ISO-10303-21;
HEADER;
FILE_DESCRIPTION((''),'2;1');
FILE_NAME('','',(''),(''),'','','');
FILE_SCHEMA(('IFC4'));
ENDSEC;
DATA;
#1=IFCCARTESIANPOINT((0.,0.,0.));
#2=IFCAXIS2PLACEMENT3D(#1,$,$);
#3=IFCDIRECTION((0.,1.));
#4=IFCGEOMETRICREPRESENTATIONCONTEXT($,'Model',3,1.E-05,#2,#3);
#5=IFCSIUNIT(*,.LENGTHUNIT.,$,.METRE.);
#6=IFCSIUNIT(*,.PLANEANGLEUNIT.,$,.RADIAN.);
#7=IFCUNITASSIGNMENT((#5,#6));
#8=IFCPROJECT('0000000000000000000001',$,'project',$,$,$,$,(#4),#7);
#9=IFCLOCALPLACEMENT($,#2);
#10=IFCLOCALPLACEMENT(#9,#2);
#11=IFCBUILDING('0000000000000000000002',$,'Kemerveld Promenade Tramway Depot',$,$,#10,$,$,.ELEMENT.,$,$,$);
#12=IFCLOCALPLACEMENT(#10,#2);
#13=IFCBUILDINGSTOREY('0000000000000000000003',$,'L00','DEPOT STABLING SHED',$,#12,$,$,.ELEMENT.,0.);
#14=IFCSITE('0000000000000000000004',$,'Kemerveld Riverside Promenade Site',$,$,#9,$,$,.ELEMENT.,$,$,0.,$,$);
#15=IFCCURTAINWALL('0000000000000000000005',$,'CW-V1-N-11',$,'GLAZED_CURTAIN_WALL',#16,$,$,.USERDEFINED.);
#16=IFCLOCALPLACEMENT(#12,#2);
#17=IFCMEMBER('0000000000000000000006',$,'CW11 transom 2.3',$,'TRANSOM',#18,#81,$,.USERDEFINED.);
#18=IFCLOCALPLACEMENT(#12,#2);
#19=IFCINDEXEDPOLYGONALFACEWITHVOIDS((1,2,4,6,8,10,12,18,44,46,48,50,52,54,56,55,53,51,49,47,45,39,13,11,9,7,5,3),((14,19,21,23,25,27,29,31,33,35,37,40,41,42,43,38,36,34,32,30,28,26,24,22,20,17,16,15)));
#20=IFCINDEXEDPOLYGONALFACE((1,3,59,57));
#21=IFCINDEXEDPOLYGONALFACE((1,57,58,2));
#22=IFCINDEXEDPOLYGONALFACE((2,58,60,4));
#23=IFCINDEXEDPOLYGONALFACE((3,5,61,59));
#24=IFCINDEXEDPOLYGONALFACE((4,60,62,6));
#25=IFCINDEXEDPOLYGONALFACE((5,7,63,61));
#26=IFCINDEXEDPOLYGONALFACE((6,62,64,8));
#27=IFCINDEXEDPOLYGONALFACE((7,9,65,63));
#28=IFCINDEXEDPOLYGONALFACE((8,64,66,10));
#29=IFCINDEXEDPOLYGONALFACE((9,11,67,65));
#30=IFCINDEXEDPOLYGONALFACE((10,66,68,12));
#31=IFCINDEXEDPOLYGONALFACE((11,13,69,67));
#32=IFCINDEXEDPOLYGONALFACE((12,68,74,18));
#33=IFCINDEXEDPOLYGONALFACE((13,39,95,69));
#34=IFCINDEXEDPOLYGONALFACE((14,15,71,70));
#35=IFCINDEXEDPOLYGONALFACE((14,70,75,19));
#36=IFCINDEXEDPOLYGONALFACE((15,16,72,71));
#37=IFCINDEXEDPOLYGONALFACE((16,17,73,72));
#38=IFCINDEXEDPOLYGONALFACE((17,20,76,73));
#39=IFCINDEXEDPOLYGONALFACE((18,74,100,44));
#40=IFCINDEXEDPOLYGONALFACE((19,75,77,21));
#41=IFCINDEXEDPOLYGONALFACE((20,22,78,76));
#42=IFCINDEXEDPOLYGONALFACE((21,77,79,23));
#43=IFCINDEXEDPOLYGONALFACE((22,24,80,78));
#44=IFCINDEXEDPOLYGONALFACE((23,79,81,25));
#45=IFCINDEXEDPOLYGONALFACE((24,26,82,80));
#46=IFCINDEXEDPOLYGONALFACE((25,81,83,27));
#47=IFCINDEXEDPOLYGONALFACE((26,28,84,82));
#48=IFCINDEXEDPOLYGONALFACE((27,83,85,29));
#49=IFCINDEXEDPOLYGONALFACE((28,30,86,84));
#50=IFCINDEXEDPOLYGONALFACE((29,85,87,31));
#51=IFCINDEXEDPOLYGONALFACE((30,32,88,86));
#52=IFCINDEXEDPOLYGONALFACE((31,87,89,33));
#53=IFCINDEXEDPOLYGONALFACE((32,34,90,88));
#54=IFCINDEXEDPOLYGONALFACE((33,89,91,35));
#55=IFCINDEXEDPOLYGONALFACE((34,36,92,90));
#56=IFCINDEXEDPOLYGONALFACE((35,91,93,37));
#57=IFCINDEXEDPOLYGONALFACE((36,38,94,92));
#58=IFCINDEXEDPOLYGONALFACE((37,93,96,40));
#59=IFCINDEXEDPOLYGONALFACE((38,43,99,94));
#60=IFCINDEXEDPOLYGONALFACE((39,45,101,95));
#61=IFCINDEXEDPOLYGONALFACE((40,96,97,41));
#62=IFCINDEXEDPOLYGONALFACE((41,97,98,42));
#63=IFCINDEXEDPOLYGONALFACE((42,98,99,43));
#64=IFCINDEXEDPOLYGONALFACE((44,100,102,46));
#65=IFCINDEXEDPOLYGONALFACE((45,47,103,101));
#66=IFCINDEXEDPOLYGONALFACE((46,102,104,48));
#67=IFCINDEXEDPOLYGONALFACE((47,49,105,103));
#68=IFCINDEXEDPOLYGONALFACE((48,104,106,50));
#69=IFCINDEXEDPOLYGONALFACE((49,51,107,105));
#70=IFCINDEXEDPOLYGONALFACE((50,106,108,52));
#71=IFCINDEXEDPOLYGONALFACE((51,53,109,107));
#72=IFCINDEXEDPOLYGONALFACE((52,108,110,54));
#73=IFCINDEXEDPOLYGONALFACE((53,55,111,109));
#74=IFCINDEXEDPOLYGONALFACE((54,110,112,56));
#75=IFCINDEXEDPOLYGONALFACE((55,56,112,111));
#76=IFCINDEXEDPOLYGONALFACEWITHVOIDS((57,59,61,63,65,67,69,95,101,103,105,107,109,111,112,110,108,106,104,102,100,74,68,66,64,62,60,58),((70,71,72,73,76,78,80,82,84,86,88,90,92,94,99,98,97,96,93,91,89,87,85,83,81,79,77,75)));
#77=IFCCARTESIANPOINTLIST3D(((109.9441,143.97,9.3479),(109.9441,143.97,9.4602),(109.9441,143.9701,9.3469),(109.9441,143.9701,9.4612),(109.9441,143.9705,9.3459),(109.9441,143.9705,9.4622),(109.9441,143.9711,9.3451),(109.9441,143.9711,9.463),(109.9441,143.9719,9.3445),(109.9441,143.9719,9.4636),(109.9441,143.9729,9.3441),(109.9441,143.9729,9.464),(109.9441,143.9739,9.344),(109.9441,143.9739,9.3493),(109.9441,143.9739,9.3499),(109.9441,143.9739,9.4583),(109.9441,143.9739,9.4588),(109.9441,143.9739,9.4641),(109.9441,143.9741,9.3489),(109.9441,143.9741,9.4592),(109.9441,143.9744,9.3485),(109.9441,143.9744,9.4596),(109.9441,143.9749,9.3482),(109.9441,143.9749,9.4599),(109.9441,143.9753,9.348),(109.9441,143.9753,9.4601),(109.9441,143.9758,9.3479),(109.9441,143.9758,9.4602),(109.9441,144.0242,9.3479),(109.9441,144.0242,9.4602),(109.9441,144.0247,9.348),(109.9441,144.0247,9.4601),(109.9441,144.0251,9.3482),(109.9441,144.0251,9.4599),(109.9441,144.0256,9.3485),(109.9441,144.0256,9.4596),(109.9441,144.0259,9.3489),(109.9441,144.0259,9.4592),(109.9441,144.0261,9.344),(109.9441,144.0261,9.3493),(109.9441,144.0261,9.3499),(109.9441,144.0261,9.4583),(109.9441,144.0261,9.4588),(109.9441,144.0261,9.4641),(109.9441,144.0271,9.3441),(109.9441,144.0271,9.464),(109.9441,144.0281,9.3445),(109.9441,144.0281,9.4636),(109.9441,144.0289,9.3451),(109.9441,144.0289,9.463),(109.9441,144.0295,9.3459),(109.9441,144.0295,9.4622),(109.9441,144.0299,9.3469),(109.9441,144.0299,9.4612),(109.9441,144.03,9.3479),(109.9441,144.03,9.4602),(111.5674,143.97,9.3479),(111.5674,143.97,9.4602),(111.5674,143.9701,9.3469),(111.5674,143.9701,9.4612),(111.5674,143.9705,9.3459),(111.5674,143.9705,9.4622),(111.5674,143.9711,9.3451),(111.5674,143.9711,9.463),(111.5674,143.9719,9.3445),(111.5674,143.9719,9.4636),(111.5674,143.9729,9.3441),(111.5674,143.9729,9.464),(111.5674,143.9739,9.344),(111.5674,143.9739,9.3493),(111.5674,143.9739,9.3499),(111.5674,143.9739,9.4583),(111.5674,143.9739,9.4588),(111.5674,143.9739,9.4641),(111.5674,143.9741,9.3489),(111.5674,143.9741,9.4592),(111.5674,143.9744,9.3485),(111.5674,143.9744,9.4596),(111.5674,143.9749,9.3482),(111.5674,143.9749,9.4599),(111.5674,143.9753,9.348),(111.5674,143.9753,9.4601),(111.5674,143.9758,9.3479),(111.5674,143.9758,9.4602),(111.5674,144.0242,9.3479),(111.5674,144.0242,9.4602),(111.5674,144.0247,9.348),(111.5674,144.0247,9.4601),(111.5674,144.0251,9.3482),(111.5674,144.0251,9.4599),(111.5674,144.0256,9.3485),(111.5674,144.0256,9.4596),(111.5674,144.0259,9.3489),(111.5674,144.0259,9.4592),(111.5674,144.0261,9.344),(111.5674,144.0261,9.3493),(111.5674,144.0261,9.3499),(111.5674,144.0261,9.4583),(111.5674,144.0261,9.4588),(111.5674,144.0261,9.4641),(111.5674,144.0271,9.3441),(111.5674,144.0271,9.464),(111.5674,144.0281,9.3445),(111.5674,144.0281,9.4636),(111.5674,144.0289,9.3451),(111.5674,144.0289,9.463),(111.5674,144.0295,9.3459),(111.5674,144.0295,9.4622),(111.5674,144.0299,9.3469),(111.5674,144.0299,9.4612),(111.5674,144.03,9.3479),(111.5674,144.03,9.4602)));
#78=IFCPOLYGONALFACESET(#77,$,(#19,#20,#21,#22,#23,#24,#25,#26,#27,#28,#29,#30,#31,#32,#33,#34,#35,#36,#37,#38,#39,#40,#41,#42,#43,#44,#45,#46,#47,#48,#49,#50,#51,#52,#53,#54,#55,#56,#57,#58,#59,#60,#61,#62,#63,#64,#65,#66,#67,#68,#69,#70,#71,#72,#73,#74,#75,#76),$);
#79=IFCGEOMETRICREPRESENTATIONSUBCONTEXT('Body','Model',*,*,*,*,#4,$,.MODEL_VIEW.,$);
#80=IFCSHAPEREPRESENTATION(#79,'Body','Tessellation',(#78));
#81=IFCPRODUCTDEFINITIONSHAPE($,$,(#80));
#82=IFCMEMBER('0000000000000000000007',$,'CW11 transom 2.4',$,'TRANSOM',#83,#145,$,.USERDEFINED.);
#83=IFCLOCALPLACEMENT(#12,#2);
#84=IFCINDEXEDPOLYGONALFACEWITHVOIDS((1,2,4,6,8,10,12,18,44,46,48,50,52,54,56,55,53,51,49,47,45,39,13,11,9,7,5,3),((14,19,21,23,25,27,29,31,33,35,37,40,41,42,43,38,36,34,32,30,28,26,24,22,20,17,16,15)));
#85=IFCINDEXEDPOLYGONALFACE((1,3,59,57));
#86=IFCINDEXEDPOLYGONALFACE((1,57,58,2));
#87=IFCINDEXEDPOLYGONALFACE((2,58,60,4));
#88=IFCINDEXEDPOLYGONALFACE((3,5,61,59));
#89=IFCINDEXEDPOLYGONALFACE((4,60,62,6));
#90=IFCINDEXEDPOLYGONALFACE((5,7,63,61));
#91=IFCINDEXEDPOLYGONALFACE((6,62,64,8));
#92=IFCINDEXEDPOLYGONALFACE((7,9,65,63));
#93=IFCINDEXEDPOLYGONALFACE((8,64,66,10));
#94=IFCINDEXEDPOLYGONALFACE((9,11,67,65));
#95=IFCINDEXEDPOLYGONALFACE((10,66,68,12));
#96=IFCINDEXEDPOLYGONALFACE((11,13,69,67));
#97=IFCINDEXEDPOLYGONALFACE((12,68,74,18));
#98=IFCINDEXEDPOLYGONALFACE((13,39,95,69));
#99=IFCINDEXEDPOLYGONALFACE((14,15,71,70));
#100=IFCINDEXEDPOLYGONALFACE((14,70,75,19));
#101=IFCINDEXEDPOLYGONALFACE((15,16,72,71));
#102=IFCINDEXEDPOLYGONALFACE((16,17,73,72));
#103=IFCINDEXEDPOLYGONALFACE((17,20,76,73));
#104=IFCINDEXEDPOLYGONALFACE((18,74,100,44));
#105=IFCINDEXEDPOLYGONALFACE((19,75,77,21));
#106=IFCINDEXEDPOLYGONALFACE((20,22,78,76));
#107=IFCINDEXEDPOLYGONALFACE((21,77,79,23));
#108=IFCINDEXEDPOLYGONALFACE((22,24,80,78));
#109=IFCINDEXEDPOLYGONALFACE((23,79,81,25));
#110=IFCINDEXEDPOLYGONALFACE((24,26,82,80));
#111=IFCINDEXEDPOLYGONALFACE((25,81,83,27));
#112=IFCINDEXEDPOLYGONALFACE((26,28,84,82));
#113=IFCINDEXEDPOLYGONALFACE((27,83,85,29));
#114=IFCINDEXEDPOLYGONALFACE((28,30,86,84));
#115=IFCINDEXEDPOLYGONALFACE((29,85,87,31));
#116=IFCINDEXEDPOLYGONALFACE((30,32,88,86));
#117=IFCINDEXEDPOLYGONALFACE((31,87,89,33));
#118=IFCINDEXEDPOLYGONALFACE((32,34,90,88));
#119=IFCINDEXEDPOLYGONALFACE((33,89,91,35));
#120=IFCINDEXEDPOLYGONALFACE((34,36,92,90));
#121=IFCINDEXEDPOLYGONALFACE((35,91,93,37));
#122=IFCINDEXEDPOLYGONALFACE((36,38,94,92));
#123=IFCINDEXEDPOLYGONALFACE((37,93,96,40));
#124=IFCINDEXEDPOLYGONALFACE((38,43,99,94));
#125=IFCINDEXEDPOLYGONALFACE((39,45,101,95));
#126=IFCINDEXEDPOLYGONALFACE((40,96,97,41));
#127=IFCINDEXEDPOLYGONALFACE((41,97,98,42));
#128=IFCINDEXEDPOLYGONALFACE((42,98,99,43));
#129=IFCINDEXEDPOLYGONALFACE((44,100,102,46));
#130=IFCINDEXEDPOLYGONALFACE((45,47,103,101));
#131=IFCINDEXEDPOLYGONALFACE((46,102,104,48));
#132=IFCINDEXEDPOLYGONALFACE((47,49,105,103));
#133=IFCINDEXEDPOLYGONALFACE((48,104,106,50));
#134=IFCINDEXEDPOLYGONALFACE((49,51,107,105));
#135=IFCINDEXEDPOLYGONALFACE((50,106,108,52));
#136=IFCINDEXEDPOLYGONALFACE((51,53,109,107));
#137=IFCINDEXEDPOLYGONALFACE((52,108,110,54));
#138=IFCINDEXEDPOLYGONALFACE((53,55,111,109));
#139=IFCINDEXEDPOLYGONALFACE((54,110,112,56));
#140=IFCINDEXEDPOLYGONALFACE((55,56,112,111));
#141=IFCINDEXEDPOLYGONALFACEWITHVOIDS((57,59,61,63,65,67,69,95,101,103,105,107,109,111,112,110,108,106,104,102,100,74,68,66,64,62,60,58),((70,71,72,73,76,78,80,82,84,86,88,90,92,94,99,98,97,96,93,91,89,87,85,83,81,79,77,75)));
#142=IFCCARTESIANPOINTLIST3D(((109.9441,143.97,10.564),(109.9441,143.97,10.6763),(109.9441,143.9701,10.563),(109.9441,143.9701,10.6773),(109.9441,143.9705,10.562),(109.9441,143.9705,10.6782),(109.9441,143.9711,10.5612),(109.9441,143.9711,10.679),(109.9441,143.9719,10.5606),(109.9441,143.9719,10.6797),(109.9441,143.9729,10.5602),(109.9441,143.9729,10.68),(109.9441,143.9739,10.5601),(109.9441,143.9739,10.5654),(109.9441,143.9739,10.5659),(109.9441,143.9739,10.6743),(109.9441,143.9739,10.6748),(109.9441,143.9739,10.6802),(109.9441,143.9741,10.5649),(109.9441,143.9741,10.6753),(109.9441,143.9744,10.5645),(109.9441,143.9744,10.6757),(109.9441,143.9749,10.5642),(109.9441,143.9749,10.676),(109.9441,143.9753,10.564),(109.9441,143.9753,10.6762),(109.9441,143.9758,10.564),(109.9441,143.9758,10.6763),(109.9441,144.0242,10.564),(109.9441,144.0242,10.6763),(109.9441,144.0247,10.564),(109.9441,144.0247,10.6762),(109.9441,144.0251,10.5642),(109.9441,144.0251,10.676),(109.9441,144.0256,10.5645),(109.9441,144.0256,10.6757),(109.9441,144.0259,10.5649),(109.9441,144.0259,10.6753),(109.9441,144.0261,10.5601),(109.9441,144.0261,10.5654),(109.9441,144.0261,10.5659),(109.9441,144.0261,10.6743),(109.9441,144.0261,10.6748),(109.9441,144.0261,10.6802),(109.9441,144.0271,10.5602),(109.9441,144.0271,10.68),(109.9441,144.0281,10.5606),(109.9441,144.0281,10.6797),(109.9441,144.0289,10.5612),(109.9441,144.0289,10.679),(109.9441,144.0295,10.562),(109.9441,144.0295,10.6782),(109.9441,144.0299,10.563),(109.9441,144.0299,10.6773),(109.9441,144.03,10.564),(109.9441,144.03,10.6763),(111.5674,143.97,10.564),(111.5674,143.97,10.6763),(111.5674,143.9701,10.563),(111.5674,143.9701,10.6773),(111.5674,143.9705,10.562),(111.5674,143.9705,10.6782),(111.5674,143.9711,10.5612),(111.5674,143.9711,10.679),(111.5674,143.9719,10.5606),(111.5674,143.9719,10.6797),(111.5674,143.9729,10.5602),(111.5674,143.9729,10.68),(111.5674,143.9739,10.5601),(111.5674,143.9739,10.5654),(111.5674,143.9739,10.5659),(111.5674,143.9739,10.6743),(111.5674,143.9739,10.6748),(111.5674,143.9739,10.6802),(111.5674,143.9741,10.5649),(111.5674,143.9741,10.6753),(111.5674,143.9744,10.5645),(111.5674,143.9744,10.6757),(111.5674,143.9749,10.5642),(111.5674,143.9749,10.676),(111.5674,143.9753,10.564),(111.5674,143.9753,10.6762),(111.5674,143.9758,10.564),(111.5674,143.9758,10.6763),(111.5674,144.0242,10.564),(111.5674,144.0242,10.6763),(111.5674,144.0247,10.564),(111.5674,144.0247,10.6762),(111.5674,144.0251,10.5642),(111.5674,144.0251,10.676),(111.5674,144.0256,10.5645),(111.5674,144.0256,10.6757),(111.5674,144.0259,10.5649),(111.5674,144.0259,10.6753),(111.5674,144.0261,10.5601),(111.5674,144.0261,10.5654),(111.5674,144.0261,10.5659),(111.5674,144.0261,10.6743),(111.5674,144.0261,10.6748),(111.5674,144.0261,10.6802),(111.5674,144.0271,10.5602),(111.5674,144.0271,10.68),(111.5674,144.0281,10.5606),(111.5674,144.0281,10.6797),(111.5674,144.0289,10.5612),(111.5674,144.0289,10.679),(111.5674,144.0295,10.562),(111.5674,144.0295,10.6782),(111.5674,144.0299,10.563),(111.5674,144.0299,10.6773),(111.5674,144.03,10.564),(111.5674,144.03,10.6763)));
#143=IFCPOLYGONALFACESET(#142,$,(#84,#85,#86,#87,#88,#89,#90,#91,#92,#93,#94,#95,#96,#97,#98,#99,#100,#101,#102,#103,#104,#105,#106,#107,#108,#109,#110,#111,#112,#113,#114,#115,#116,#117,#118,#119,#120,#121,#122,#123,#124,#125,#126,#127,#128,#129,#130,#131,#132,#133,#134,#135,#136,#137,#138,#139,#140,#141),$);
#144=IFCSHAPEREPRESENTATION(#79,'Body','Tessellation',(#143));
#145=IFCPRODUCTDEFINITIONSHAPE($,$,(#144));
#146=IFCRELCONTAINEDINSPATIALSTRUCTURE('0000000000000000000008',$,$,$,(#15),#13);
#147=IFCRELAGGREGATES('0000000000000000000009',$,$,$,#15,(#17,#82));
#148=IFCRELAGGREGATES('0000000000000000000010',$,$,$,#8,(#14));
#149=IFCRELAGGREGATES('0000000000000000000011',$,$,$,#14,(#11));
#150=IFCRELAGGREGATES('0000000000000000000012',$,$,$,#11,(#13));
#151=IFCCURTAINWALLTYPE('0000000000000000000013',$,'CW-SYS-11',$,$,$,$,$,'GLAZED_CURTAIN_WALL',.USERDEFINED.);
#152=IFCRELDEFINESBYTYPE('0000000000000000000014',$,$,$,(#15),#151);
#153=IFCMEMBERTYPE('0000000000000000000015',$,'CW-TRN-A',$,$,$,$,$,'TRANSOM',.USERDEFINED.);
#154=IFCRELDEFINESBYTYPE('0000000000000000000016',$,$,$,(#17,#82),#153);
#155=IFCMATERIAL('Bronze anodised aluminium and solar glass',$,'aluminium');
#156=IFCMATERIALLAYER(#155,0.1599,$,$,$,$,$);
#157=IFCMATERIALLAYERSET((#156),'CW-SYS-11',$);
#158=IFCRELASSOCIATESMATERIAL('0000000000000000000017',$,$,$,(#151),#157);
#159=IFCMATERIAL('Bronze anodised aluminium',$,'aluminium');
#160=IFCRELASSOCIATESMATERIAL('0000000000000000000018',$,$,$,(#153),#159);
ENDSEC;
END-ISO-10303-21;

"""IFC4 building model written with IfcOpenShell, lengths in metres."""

from ifc_helpers import new_model, si_unit, direction, frame, origin, origin_2d, place, context, subcontext, project, spatial, hollow_rectangle, extrude, material, layer, layer_set, material_profile, profile_set, type_object, element, aggregate, save


model = new_model("IFC4")

# Units and contexts
model_context = context("Model", 3, precision=1e-05, world=origin(), true_north=direction((0.0, 1.0)))
body_context = subcontext(model_context, "Body", "Model", "MODEL_VIEW")
ifc_project = project(units=[si_unit("LENGTHUNIT", "METRE"), si_unit("PLANEANGLEUNIT", "RADIAN")], contexts=[model_context])

# Site, building, storey
site_placement = place(None, origin())
site = spatial("IfcSite", under=ifc_project, at=site_placement, Name="Kemerveld Riverside Promenade Site", CompositionType="ELEMENT", RefElevation=0.0)
building_placement = place(site_placement, origin())
building = spatial("IfcBuilding", under=site, at=building_placement, Name="Kemerveld Promenade Tramway Depot", CompositionType="ELEMENT")
storey_placement = place(building_placement, origin())
storey = spatial("IfcBuildingStorey", under=building, at=storey_placement, Name="L00", Description="DEPOT STABLING SHED", CompositionType="ELEMENT", Elevation=0.0)

# Curtain wall, members
ifc_material_1 = material(Name="Bronze anodised aluminium and solar glass", Category="aluminium")
ifc_layer_1 = layer(ifc_material_1, 0.1599)
ifc_layer_set_1 = layer_set([ifc_layer_1], Name="CW-SYS-11")
curtain_wall_type_1 = type_object("IfcCurtainWallType", Name="CW-SYS-11", ElementType="GLAZED_CURTAIN_WALL", PredefinedType="USERDEFINED", material=ifc_layer_set_1)
curtain_wall_1_placement = place(storey_placement, origin())
curtain_wall_1 = element("IfcCurtainWall", 1, at=curtain_wall_1_placement, inside=storey, type_object=curtain_wall_type_1, Name="CW-V1-N-11", ObjectType="GLAZED_CURTAIN_WALL", PredefinedType="USERDEFINED")
ifc_material_2 = material(Name="Bronze anodised aluminium", Category="aluminium")
ifc_material_profile_1 = material_profile(ifc_material_2, hollow_rectangle(XDim=0.0601, YDim=0.1201, WallThickness=0.0039, InnerFilletRadius=0.002, OuterFilletRadius=0.0039, at=origin_2d()), Name="CW-TRN-120x60")
ifc_profile_set_1 = profile_set([ifc_material_profile_1], Name="Bronze anodised aluminium")
member_type_1 = type_object("IfcMemberType", Name="CW-TRN-A", ElementType="TRANSOM", PredefinedType="USERDEFINED", material=ifc_profile_set_1)
member_1_placement = place(storey_placement, frame((109.9441, 144.0, 9.4041), z_axis=(1.0, 0.0, 0.0), x_axis=(0.0, 1.0, 0.0)))
member_1 = element("IfcMember", 2, at=member_1_placement, type_object=member_type_1, Name="CW11 transom 2.3", ObjectType="TRANSOM", PredefinedType="USERDEFINED", context=body_context, shape_type="SweptSolid", body=[
    extrude(hollow_rectangle(XDim=0.0601, YDim=0.1201, WallThickness=0.0039, InnerFilletRadius=0.002, OuterFilletRadius=0.0039, at=origin_2d()), origin(), (0.0, 0.0, 1.0), 1.6233),
])
member_2_placement = place(storey_placement, frame((109.9441, 144.0, 10.6201), z_axis=(1.0, 0.0, 0.0), x_axis=(0.0, 1.0, 0.0)))
member_2 = element("IfcMember", 3, at=member_2_placement, type_object=member_type_1, Name="CW11 transom 2.4", ObjectType="TRANSOM", PredefinedType="USERDEFINED", context=body_context, shape_type="SweptSolid", body=[
    extrude(hollow_rectangle(XDim=0.0601, YDim=0.1201, WallThickness=0.0039, InnerFilletRadius=0.002, OuterFilletRadius=0.0039, at=origin_2d()), origin(), (0.0, 0.0, 1.0), 1.6233),
])

aggregate(curtain_wall_1, [member_1, member_2])

save(model, "model.ifc")
